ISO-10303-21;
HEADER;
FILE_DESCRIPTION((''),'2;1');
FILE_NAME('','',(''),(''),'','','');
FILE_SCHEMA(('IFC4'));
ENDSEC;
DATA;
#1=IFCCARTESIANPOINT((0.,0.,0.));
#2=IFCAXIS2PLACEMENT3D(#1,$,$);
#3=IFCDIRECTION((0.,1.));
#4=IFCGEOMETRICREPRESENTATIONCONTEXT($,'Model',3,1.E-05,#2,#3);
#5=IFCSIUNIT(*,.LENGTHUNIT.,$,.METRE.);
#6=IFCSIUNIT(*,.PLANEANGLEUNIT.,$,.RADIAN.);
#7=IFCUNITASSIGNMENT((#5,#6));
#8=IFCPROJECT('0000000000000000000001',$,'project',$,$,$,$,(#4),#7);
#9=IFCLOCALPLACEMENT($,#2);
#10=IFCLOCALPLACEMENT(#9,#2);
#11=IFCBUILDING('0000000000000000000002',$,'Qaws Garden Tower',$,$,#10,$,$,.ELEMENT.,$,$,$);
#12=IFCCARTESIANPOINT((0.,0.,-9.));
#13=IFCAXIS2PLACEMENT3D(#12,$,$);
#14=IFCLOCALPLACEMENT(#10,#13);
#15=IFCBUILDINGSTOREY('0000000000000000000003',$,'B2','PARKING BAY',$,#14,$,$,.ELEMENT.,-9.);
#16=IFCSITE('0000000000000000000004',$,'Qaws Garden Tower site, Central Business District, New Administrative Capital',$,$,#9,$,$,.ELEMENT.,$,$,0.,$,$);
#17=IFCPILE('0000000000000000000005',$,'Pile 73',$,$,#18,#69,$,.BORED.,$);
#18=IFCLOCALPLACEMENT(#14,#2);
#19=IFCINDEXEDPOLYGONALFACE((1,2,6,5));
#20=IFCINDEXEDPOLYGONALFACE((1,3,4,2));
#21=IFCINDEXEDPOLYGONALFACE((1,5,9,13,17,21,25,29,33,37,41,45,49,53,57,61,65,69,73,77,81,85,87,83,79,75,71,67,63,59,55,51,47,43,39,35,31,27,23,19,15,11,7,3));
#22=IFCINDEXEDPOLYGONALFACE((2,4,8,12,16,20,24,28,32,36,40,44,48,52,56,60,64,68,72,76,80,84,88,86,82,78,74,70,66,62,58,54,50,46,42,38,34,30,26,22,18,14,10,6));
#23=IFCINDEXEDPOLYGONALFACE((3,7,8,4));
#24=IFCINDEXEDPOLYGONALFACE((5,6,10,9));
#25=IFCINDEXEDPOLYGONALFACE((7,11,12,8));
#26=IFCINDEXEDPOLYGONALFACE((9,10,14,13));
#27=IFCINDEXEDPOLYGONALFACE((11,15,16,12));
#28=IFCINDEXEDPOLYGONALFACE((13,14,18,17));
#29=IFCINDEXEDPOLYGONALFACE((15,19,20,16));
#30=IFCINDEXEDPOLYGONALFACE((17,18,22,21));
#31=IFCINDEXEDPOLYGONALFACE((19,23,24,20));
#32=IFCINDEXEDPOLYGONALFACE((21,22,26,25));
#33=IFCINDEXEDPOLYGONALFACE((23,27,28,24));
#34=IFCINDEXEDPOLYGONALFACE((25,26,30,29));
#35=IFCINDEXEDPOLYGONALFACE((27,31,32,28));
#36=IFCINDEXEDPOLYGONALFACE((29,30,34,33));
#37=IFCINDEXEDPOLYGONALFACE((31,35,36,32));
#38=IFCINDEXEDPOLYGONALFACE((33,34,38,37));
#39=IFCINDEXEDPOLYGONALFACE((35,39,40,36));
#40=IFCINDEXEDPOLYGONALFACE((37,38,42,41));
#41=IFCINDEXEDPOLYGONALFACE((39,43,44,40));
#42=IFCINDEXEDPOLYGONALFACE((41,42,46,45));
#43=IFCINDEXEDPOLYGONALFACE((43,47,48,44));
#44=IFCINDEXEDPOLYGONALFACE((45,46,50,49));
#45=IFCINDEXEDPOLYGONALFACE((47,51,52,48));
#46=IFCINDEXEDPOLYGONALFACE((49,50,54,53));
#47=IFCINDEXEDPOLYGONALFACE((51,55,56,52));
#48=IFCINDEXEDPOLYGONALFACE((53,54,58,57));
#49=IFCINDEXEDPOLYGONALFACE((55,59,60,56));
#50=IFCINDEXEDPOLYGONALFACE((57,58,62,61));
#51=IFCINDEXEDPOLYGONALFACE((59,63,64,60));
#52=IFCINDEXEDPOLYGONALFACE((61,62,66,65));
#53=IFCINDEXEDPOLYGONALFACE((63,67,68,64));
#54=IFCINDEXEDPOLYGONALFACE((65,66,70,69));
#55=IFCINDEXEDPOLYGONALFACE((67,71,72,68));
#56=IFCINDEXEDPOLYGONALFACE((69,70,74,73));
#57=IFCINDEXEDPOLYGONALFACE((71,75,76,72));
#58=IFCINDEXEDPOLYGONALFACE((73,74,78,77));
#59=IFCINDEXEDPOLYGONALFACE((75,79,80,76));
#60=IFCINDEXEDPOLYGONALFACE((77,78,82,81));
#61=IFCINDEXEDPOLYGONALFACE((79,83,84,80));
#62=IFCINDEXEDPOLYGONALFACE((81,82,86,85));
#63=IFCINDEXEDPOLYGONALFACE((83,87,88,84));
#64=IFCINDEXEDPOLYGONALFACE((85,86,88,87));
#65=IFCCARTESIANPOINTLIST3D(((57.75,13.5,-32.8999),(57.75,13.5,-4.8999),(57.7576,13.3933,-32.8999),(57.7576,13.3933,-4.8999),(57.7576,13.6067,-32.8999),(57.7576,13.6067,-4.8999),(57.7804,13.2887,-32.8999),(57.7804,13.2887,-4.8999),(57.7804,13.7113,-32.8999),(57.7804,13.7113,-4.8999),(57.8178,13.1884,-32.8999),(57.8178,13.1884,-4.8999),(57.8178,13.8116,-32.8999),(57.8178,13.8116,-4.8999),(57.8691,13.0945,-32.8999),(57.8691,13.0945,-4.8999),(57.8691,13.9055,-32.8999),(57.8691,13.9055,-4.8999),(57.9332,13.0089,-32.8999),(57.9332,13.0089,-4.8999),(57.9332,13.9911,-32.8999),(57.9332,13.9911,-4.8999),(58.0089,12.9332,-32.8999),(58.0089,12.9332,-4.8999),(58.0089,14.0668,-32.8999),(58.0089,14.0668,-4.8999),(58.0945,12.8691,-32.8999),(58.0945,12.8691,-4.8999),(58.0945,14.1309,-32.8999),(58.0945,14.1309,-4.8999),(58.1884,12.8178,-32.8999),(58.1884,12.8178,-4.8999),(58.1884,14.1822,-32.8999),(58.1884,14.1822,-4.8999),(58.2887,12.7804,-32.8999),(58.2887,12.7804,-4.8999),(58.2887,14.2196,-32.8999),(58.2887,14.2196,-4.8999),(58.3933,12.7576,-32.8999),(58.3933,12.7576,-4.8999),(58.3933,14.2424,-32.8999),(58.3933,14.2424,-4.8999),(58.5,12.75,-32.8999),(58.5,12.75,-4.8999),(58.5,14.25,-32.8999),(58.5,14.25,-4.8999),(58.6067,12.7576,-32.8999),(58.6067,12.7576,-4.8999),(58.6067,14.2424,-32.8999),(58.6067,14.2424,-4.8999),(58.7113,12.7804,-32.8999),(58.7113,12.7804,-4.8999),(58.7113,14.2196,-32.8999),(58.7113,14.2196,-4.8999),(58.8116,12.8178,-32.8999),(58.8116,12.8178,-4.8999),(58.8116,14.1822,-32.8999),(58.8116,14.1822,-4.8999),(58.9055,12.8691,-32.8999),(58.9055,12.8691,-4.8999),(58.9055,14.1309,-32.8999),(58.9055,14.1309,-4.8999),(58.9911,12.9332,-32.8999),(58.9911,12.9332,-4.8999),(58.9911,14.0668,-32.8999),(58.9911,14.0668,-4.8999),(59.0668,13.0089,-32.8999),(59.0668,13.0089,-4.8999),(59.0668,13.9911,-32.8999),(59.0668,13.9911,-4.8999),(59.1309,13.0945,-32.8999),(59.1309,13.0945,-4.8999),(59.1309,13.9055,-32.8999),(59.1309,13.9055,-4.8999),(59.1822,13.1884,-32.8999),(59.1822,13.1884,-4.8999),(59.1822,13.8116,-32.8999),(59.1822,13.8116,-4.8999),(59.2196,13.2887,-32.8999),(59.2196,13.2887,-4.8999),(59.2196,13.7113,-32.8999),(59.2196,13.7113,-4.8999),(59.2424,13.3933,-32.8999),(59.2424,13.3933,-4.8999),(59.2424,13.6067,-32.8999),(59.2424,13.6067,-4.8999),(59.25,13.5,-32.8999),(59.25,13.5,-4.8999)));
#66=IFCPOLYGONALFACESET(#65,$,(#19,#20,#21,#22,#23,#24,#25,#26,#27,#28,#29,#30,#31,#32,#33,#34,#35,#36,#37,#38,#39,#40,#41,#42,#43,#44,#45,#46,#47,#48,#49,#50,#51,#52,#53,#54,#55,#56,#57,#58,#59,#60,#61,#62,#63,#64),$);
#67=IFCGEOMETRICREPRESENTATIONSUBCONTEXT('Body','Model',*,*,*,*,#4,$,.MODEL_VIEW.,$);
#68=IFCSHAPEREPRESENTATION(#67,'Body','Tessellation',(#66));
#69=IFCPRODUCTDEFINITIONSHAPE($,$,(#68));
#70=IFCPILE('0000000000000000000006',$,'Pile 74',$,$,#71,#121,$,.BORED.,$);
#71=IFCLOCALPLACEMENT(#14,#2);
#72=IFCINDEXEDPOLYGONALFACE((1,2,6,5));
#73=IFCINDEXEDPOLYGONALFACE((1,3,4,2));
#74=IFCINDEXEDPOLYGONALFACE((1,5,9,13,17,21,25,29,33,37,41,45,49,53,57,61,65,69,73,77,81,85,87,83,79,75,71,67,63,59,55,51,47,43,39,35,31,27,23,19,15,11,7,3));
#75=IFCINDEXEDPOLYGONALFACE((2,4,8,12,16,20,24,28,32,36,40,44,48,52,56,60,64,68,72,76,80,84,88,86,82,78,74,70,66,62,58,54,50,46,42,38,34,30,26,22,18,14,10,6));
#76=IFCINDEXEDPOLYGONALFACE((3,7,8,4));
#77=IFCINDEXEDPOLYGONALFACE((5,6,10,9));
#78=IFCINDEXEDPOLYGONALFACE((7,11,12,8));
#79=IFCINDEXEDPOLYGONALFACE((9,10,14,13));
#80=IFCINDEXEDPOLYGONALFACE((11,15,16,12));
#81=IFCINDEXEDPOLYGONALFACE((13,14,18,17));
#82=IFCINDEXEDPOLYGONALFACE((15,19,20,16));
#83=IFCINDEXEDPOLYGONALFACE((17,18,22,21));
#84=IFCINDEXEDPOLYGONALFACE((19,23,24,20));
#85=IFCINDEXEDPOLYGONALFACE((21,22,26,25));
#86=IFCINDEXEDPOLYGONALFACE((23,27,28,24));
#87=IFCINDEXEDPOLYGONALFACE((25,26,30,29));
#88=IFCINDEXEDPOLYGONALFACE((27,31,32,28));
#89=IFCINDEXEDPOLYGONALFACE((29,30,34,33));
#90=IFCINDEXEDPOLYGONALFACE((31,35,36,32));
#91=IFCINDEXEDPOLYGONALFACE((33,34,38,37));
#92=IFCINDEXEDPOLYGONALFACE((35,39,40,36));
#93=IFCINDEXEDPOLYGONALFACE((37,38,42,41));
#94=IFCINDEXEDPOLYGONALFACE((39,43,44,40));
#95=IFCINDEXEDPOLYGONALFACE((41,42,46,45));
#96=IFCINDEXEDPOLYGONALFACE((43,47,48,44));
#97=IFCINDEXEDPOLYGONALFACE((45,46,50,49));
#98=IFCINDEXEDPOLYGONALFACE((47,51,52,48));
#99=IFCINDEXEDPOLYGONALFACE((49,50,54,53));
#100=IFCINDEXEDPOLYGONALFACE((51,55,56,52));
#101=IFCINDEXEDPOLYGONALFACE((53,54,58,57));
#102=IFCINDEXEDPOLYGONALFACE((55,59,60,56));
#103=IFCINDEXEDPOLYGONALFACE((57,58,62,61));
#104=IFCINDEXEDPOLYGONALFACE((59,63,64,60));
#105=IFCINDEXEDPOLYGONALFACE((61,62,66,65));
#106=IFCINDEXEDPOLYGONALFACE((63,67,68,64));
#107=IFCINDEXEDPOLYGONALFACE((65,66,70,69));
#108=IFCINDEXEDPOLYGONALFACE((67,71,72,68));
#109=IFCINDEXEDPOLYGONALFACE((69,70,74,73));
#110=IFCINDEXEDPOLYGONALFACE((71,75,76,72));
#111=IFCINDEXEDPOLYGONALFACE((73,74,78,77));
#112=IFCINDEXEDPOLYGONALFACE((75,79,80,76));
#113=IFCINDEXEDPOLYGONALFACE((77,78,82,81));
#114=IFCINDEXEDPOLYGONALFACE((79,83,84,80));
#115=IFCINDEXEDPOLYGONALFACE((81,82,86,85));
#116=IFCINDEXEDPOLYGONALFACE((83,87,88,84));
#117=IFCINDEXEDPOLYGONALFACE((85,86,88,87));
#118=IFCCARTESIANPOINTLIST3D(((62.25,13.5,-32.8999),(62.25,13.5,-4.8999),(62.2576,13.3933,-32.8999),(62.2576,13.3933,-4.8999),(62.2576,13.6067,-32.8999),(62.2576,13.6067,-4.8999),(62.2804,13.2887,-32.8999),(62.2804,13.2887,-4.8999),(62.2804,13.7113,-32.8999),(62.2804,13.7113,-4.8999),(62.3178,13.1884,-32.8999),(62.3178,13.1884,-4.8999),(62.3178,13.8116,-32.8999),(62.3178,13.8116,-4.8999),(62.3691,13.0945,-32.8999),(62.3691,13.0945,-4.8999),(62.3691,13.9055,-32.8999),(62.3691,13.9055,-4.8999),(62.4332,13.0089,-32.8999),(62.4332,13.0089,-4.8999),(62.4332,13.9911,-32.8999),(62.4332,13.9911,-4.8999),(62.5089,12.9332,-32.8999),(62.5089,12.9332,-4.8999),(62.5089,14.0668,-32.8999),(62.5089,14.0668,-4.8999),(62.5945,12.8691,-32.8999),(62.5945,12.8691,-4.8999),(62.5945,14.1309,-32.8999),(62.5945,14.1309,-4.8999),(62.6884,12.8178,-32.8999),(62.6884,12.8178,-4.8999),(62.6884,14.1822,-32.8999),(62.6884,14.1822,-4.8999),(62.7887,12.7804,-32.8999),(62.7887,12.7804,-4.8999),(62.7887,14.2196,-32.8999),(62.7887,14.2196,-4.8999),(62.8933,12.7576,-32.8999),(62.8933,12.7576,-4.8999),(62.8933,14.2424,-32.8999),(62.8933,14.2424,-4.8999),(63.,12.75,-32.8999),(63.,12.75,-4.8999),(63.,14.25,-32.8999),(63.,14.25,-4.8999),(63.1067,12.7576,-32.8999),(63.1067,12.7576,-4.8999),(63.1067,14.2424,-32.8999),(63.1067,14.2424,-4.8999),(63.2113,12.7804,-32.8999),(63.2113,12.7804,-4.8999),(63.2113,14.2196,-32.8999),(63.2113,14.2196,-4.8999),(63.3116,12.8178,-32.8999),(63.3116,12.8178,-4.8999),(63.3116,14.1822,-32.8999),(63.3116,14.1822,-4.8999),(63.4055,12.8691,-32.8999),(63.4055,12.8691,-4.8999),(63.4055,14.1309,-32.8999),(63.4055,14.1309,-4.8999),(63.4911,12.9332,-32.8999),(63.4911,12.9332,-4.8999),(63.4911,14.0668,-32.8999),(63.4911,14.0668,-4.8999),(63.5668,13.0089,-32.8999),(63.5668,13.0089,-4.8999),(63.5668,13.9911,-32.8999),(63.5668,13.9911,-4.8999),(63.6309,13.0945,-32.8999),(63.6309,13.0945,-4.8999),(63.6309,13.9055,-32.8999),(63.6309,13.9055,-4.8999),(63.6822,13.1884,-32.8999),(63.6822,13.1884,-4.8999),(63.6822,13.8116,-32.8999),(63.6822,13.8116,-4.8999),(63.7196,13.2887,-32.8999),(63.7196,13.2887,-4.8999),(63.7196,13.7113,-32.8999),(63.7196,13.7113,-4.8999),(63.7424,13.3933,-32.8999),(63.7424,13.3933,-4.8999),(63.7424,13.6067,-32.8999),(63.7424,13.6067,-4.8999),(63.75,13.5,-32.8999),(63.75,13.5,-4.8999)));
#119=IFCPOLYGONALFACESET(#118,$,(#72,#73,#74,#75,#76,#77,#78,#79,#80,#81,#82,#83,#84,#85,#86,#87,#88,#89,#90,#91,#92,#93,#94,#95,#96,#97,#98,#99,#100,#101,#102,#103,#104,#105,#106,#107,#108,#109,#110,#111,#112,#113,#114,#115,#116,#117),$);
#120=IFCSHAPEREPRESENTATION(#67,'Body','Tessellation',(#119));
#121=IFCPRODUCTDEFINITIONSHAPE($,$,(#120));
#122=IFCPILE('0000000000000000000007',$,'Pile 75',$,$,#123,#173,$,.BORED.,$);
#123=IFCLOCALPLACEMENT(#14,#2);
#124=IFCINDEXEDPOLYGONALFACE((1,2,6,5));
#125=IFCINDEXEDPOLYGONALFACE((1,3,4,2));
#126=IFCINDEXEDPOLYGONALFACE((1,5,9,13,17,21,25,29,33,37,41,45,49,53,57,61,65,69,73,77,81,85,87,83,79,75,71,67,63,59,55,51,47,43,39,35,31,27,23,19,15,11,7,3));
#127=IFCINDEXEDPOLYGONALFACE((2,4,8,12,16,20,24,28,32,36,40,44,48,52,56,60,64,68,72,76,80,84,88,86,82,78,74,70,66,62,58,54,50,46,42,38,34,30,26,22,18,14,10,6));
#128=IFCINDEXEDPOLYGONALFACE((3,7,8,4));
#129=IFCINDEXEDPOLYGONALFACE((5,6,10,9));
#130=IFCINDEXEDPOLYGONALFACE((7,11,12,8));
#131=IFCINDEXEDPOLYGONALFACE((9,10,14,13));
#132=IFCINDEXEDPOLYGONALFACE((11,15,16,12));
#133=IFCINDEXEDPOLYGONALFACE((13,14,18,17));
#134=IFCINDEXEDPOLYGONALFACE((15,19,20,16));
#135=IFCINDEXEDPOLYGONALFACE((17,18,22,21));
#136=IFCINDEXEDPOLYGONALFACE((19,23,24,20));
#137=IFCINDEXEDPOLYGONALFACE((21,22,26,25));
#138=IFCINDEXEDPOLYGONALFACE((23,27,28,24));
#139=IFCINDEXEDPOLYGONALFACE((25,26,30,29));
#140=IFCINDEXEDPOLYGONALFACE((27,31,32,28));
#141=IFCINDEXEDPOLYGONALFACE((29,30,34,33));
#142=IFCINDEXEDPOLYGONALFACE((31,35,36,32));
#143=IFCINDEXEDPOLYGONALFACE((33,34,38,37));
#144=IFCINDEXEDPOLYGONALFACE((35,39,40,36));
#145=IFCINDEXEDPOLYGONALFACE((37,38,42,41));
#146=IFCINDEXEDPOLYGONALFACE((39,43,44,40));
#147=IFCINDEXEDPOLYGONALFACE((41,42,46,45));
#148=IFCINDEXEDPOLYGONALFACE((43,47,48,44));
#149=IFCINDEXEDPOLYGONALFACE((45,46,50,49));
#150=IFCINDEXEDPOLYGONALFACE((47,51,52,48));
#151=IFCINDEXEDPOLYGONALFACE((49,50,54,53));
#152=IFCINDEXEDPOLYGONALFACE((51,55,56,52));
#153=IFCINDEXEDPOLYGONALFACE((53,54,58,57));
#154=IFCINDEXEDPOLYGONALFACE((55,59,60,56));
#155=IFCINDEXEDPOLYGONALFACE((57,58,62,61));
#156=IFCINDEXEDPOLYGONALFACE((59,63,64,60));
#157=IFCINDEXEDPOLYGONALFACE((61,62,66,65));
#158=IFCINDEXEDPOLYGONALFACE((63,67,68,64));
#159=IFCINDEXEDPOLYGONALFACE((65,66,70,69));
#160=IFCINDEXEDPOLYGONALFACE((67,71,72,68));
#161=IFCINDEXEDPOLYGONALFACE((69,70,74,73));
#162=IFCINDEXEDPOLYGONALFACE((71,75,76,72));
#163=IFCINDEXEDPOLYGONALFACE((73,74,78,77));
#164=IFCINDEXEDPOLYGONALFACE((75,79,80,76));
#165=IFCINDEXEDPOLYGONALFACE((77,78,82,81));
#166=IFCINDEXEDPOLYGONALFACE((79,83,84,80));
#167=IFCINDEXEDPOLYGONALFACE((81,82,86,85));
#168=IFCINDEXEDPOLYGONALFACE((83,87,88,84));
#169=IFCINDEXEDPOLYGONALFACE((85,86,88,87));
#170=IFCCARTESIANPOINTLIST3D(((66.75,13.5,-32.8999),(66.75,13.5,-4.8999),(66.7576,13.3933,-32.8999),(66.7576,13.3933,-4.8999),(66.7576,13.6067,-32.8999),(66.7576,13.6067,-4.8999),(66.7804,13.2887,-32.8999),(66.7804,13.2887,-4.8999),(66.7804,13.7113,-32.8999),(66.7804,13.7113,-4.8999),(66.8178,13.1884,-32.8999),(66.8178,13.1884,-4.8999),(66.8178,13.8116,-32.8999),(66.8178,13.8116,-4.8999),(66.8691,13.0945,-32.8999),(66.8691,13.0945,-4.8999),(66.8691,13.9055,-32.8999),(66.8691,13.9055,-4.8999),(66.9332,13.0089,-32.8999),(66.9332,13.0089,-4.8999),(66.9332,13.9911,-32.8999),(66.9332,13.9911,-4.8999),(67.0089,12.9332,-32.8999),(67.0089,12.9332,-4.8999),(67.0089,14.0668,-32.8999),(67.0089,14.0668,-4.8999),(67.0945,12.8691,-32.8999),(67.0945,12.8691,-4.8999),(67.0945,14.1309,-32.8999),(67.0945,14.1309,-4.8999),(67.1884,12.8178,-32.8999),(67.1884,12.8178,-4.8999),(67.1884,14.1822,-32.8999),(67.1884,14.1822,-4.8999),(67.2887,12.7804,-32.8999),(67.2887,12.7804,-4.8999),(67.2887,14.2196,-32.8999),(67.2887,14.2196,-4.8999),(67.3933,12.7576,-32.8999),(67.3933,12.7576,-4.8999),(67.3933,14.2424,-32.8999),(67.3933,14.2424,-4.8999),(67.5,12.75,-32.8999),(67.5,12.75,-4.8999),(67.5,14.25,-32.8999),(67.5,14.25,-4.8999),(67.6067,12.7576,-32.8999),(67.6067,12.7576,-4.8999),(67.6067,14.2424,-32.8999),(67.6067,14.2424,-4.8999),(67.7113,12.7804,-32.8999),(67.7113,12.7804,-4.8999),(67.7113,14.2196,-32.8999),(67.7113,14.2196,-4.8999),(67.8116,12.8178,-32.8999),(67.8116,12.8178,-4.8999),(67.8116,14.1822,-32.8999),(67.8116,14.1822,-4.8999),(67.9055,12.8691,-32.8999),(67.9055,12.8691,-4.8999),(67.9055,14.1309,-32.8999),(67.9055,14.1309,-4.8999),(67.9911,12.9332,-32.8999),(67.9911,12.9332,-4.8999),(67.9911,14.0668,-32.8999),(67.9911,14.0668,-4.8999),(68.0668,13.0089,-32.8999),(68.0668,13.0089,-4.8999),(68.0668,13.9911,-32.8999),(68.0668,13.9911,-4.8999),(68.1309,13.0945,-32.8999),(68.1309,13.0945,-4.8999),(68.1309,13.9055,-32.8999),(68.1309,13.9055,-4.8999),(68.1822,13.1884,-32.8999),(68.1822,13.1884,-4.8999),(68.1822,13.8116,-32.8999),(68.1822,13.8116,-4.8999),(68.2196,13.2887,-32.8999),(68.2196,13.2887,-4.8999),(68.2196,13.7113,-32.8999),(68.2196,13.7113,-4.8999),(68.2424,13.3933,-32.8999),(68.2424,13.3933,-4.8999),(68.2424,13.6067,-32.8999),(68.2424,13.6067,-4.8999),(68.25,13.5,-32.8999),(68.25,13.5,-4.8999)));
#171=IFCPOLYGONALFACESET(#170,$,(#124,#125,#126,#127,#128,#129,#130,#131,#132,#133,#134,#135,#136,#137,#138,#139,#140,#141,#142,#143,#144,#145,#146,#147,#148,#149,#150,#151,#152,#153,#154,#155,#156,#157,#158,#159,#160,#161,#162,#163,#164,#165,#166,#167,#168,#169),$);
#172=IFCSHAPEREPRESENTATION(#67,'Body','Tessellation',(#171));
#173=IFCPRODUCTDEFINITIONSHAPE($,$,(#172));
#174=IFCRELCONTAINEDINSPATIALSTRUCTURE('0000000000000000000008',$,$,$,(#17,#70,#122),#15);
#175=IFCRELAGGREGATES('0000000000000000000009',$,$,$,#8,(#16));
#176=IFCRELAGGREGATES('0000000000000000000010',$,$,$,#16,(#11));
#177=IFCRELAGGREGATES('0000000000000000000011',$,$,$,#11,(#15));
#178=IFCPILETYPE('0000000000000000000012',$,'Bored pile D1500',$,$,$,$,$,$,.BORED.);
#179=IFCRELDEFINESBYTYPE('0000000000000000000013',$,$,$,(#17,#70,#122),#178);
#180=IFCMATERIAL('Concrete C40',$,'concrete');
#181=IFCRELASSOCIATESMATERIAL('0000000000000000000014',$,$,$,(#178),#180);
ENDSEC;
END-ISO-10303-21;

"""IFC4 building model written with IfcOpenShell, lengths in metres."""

from ifc_helpers import new_model, si_unit, direction, frame, origin, origin_2d, place, context, subcontext, project, spatial, circle, extrude, material, material_profile, profile_set, type_object, element, save


model = new_model("IFC4")

# Units and contexts
model_context = context("Model", 3, precision=1e-05, world=origin(), true_north=direction((0.0, 1.0)))
body_context = subcontext(model_context, "Body", "Model", "MODEL_VIEW")
ifc_project = project(units=[si_unit("LENGTHUNIT", "METRE"), si_unit("PLANEANGLEUNIT", "RADIAN")], contexts=[model_context])

# Site, building, storey
site_placement = place(None, origin())
site = spatial("IfcSite", under=ifc_project, at=site_placement, Name="Qaws Garden Tower site, Central Business District, New Administrative Capital", CompositionType="ELEMENT", RefElevation=0.0)
building_placement = place(site_placement, origin())
building = spatial("IfcBuilding", under=site, at=building_placement, Name="Qaws Garden Tower", CompositionType="ELEMENT")
storey_placement = place(building_placement, frame((0.0, 0.0, -9.0)))
storey = spatial("IfcBuildingStorey", under=building, at=storey_placement, Name="B2", Description="PARKING BAY", CompositionType="ELEMENT", Elevation=-9.0)

# Piles
ifc_material_1 = material(Name="Concrete C40", Category="concrete")
ifc_material_profile_1 = material_profile(ifc_material_1, circle(Radius=0.75, at=origin_2d()), Name="Bored pile D1500")
ifc_profile_set_1 = profile_set([ifc_material_profile_1], Name="Concrete C40")
pile_type = type_object("IfcPileType", Name="Bored pile D1500", PredefinedType="BORED", material=ifc_profile_set_1)
for number, where, z_axis, x_axis, name in (
    (1, (58.5, 13.5, -4.8999), (0.0, 0.0, -1.0), (1.0, 0.0, 0.0), "Pile 73"),
    (2, (63.0, 13.5, -4.8999), (0.0, 0.0, -1.0), (1.0, 0.0, 0.0), "Pile 74"),
    (3, (67.5, 13.5, -4.8999), (0.0, 0.0, -1.0), (1.0, 0.0, 0.0), "Pile 75"),
):
    element("IfcPile", number, at=place(storey_placement, frame(where, z_axis=z_axis, x_axis=x_axis)), inside=storey, type_object=pile_type, Name=name, PredefinedType="BORED", context=body_context, shape_type="SweptSolid", body=[
        extrude(circle(Radius=0.75, at=origin_2d()), origin(), (0.0, 0.0, 1.0), 28.0),
    ])

save(model, "model.ifc")
